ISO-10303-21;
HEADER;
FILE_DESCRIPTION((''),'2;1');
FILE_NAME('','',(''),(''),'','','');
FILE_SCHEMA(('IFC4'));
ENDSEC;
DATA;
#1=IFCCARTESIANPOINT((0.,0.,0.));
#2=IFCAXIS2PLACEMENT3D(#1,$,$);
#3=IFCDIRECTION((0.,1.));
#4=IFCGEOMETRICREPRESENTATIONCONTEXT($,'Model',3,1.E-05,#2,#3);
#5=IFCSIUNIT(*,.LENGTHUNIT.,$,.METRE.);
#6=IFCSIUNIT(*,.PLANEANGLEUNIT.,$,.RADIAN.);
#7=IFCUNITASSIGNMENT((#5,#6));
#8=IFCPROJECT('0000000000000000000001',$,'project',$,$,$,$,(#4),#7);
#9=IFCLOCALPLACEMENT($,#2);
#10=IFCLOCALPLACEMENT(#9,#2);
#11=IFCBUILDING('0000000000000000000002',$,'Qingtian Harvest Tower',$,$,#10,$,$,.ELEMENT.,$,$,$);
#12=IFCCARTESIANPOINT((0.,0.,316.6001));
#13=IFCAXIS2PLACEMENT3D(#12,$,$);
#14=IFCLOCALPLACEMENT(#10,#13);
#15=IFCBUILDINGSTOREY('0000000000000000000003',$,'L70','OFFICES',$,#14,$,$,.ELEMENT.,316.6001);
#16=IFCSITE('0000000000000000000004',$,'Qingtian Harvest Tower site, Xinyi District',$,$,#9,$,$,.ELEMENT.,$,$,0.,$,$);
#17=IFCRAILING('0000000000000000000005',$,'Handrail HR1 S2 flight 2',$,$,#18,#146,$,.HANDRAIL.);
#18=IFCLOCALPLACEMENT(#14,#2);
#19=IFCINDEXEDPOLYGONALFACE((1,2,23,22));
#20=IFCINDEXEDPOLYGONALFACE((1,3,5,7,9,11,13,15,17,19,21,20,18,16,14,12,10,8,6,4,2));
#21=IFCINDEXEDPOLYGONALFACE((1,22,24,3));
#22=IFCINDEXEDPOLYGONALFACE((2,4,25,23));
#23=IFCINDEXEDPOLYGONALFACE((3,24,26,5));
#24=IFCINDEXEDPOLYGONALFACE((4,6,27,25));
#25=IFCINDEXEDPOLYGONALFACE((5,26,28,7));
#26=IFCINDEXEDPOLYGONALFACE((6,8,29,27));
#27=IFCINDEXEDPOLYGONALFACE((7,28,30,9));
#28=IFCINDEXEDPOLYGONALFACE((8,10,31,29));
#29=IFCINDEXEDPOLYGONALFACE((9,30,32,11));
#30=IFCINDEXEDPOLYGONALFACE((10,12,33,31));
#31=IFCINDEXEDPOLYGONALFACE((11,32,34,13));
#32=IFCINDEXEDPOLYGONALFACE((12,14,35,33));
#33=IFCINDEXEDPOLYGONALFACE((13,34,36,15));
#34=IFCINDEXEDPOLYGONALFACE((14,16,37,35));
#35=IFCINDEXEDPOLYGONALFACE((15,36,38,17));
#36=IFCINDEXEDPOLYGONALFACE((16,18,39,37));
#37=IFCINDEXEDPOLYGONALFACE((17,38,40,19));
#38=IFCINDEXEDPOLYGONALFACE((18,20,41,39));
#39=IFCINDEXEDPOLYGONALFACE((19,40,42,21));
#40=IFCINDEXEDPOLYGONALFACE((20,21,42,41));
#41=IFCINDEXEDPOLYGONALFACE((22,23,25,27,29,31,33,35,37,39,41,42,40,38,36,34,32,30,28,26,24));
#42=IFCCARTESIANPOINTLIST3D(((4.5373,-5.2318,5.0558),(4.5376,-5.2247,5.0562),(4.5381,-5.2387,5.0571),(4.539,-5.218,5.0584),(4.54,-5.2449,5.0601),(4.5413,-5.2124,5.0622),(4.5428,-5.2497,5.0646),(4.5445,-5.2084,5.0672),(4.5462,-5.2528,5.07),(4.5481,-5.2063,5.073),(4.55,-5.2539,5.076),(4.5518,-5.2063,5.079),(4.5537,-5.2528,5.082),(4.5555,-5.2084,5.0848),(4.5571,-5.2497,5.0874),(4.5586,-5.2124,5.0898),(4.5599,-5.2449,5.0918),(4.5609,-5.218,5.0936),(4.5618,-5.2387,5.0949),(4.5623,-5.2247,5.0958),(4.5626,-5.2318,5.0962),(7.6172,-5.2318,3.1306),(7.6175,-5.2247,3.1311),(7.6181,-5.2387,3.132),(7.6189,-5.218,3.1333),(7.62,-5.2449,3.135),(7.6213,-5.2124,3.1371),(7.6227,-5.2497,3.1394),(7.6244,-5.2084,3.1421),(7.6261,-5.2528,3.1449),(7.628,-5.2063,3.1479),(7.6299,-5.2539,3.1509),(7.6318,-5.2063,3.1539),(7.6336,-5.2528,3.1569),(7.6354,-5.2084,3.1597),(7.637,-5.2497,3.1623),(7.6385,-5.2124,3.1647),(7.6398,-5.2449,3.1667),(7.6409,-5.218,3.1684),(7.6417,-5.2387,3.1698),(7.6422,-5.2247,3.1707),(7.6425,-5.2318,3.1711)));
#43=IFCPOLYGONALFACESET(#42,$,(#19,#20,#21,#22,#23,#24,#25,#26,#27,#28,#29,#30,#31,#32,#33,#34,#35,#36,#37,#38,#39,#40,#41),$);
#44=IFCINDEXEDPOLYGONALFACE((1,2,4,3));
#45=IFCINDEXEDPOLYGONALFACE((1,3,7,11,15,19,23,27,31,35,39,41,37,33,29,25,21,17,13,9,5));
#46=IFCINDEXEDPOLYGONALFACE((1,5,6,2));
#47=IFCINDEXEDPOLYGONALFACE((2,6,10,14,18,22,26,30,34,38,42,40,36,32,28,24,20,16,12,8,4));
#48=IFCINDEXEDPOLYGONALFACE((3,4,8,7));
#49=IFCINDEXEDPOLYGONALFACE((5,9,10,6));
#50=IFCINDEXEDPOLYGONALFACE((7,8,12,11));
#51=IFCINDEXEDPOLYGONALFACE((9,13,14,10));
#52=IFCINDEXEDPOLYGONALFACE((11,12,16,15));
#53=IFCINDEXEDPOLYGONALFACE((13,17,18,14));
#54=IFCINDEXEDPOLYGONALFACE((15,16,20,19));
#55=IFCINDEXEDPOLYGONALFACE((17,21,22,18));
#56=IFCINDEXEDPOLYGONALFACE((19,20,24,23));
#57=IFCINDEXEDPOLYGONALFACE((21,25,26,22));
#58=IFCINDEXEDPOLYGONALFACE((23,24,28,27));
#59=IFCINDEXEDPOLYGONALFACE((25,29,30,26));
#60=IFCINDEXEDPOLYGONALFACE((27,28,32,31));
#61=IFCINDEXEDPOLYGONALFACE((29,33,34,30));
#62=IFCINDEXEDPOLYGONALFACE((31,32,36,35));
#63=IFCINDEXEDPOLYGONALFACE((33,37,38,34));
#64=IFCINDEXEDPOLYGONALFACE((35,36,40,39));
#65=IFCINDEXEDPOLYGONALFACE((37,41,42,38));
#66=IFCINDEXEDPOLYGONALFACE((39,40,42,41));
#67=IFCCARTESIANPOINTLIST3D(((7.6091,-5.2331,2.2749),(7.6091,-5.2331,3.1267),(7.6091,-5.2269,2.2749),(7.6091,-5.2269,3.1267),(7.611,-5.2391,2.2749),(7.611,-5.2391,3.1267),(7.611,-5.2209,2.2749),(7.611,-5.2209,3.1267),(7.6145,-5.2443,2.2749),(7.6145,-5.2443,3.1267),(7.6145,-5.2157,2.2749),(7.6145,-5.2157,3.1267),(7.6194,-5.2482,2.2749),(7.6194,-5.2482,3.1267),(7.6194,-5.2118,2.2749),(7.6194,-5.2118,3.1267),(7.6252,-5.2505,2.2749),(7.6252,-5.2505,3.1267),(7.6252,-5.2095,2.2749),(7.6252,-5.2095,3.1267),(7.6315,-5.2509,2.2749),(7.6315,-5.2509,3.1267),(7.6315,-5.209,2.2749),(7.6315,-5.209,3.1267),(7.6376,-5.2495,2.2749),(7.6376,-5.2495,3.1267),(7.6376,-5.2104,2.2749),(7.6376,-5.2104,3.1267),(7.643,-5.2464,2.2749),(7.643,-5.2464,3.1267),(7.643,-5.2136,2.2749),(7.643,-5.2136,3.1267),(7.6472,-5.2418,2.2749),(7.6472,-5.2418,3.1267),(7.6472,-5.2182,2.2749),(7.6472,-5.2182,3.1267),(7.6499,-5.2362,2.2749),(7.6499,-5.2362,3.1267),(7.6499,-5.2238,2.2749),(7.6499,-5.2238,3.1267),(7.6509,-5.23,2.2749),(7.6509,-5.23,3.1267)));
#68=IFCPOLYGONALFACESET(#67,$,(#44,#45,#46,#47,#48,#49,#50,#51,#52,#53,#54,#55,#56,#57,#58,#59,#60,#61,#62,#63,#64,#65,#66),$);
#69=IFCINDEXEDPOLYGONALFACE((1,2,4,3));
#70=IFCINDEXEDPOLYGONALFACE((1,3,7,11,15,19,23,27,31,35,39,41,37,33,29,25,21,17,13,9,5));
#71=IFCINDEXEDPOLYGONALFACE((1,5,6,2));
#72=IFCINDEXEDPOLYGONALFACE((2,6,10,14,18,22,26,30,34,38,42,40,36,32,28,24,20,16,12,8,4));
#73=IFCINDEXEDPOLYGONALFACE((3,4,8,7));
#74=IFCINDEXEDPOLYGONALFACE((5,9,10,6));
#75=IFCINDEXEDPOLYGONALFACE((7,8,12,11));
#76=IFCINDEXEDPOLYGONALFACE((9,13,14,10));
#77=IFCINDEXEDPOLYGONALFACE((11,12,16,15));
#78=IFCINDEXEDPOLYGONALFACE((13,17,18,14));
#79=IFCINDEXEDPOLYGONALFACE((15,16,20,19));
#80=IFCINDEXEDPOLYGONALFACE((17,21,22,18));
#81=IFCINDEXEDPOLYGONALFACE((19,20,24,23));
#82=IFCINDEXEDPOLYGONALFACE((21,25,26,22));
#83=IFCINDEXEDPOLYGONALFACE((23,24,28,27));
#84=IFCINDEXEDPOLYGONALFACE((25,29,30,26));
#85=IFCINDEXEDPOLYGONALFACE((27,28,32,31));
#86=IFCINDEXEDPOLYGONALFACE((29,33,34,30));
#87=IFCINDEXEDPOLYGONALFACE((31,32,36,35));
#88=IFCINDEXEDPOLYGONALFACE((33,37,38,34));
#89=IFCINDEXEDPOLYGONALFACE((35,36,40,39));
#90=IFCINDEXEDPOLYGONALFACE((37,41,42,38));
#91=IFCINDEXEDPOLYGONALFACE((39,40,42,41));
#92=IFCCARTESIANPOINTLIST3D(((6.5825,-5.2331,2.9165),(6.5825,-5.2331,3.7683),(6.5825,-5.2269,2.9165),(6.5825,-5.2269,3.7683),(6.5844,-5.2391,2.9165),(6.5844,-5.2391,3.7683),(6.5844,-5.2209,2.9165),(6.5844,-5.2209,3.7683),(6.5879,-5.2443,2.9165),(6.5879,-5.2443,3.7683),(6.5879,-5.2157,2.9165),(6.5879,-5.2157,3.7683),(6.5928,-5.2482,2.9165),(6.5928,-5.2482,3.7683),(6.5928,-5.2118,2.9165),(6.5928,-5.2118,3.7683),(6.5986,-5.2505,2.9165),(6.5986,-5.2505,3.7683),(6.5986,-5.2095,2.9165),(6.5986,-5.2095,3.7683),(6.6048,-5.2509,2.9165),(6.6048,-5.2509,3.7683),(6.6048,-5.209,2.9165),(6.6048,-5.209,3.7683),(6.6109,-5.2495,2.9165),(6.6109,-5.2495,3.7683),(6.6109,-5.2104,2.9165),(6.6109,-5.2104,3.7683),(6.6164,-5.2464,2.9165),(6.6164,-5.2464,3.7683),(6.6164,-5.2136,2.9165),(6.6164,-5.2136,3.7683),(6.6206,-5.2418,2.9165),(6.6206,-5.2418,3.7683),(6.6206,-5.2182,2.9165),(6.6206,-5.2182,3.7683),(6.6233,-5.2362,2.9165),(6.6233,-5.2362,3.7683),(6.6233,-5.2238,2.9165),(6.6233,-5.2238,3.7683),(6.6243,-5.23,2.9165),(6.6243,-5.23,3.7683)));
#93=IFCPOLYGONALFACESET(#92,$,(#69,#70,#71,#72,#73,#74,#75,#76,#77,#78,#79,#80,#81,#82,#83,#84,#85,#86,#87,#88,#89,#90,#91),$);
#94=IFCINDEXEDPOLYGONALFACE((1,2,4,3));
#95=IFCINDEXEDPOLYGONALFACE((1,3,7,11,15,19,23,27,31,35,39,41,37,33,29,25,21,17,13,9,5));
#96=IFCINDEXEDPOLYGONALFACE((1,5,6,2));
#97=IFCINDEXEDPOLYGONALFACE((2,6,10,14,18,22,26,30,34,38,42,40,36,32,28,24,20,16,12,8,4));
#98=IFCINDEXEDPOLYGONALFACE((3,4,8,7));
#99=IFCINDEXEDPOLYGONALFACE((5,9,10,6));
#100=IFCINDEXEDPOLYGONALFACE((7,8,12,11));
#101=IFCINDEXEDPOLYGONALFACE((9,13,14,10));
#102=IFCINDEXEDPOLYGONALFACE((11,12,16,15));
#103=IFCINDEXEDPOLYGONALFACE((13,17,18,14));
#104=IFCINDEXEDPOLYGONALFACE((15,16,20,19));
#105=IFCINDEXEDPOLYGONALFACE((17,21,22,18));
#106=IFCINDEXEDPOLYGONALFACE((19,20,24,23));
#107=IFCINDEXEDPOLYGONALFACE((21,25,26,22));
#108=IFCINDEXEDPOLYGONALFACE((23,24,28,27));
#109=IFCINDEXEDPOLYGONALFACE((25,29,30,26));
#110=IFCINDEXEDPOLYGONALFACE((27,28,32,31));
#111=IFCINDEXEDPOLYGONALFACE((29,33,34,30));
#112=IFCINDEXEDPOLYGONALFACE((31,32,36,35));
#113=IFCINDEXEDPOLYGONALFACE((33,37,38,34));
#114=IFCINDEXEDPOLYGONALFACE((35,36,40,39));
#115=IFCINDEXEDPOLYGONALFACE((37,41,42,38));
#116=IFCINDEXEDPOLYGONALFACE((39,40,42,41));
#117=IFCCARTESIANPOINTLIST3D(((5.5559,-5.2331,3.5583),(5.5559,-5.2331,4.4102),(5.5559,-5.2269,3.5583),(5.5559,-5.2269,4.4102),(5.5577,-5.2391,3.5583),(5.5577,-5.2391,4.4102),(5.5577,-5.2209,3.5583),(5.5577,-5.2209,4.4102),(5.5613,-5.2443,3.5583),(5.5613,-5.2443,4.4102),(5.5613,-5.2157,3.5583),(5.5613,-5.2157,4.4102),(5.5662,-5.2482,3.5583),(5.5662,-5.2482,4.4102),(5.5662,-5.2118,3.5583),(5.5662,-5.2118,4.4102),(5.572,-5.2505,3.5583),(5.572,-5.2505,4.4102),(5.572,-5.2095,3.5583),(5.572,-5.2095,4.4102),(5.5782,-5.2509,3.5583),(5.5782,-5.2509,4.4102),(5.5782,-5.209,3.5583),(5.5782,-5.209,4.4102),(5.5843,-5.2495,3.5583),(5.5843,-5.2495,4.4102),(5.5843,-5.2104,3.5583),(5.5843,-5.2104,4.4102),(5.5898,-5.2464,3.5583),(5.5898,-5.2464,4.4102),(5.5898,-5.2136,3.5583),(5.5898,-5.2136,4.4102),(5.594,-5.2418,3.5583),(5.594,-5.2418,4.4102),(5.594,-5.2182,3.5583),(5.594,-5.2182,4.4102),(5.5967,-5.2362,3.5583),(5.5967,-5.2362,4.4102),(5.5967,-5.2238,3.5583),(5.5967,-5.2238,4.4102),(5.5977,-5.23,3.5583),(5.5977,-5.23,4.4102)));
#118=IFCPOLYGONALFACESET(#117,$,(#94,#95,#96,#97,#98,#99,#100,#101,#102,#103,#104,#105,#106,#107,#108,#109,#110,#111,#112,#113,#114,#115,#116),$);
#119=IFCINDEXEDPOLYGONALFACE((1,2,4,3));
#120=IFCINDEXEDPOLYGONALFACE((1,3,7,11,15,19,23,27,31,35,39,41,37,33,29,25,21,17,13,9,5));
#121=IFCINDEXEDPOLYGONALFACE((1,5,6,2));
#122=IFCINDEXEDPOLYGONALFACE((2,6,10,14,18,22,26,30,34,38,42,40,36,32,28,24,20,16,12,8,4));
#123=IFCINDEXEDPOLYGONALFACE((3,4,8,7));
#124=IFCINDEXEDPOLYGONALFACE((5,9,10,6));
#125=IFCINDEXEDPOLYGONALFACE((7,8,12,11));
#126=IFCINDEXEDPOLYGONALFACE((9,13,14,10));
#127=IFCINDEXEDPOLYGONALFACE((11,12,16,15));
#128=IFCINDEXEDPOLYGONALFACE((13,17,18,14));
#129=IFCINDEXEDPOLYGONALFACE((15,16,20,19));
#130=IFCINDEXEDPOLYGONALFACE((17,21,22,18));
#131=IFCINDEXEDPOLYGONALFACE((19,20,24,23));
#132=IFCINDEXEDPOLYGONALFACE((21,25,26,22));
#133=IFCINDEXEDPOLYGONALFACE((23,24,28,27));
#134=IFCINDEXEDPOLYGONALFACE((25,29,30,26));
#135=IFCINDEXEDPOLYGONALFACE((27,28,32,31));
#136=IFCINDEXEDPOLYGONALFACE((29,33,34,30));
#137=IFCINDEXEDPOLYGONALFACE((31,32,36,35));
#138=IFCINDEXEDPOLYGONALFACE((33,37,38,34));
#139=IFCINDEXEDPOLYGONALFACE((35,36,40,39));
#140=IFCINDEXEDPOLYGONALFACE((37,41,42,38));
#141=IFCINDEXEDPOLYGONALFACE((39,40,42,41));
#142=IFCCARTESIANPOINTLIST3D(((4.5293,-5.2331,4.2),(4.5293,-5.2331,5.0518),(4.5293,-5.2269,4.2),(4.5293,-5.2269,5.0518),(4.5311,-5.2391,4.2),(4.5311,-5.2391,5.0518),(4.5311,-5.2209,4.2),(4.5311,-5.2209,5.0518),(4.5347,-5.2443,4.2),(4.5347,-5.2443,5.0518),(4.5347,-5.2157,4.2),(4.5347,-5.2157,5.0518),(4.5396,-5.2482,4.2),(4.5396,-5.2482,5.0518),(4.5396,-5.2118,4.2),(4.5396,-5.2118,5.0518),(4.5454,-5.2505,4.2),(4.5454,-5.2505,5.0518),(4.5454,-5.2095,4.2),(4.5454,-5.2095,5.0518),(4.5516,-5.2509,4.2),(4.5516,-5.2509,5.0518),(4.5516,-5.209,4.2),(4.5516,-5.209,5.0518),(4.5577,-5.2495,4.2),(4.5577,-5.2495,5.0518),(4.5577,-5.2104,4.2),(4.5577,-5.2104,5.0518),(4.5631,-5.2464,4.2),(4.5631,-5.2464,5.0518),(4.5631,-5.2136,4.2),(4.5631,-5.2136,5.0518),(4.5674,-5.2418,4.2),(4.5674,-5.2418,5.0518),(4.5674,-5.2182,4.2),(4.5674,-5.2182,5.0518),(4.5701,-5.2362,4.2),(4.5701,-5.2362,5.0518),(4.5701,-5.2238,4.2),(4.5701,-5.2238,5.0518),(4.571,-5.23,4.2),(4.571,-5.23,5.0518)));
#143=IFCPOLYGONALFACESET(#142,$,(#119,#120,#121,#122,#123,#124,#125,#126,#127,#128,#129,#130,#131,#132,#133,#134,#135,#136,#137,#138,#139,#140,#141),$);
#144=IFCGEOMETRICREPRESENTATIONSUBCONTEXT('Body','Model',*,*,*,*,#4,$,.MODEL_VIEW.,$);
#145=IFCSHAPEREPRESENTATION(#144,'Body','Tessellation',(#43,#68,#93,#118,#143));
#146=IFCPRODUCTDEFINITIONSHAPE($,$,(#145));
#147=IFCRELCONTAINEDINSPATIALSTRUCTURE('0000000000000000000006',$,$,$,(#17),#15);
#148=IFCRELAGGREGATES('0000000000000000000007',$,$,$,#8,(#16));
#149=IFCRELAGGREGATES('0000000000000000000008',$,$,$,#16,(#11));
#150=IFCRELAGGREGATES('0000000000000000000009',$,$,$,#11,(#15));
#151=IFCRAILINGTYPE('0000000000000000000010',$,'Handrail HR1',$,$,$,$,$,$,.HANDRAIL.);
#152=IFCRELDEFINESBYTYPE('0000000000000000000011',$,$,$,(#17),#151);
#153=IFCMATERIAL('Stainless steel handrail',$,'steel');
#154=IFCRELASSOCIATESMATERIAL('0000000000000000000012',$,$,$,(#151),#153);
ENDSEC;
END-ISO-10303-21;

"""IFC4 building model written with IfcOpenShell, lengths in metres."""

from ifc_helpers import new_model, si_unit, direction, frame, origin, origin_2d, place, context, subcontext, project, spatial, circle, extrude, material, type_object, element, save


model = new_model("IFC4")

# Units and contexts
model_context = context("Model", 3, precision=1e-05, world=origin(), true_north=direction((0.0, 1.0)))
body_context = subcontext(model_context, "Body", "Model", "MODEL_VIEW")
ifc_project = project(units=[si_unit("LENGTHUNIT", "METRE"), si_unit("PLANEANGLEUNIT", "RADIAN")], contexts=[model_context])

# Site, building, storey
site_placement = place(None, origin())
site = spatial("IfcSite", under=ifc_project, at=site_placement, Name="Qingtian Harvest Tower site, Xinyi District", CompositionType="ELEMENT", RefElevation=0.0)
building_placement = place(site_placement, origin())
building = spatial("IfcBuilding", under=site, at=building_placement, Name="Qingtian Harvest Tower", CompositionType="ELEMENT")
storey_placement = place(building_placement, frame((0.0, 0.0, 316.6001)))
storey = spatial("IfcBuildingStorey", under=building, at=storey_placement, Name="L70", Description="OFFICES", CompositionType="ELEMENT", Elevation=316.6001)

# Railing
ifc_material_1 = material(Name="Stainless steel handrail", Category="steel")
railing_type = type_object("IfcRailingType", Name="Handrail HR1", PredefinedType="HANDRAIL", material=ifc_material_1)
railing_1_placement = place(storey_placement, frame((7.6299, -5.23, 2.2749)))
element("IfcRailing", 1, at=railing_1_placement, inside=storey, type_object=railing_type, Name="Handrail HR1 S2 flight 2", PredefinedType="HANDRAIL", context=body_context, shape_type="SweptSolid", body=[
    extrude(circle(Radius=0.0239, at=origin_2d()), frame((0.0, 0.0, 0.876), z_axis=(-0.847979, 0.0, 0.530029), x_axis=(0.0, -1.0, 0.0)), (0.0, 0.0, 1.0), 3.6321),
    extrude(circle(Radius=0.021, at=origin_2d()), origin(), (0.0, 0.0, 1.0), 0.8518),
    extrude(circle(Radius=0.021, at=origin_2d()), frame((-1.0266, 0.0, 0.6416)), (0.0, 0.0, 1.0), 0.8518),
    extrude(circle(Radius=0.021, at=origin_2d()), frame((-2.0532, 0.0, 1.2834)), (0.0, 0.0, 1.0), 0.8518),
    extrude(circle(Radius=0.021, at=origin_2d()), frame((-3.0798, 0.0, 1.925)), (0.0, 0.0, 1.0), 0.8518),
])

save(model, "model.ifc")
